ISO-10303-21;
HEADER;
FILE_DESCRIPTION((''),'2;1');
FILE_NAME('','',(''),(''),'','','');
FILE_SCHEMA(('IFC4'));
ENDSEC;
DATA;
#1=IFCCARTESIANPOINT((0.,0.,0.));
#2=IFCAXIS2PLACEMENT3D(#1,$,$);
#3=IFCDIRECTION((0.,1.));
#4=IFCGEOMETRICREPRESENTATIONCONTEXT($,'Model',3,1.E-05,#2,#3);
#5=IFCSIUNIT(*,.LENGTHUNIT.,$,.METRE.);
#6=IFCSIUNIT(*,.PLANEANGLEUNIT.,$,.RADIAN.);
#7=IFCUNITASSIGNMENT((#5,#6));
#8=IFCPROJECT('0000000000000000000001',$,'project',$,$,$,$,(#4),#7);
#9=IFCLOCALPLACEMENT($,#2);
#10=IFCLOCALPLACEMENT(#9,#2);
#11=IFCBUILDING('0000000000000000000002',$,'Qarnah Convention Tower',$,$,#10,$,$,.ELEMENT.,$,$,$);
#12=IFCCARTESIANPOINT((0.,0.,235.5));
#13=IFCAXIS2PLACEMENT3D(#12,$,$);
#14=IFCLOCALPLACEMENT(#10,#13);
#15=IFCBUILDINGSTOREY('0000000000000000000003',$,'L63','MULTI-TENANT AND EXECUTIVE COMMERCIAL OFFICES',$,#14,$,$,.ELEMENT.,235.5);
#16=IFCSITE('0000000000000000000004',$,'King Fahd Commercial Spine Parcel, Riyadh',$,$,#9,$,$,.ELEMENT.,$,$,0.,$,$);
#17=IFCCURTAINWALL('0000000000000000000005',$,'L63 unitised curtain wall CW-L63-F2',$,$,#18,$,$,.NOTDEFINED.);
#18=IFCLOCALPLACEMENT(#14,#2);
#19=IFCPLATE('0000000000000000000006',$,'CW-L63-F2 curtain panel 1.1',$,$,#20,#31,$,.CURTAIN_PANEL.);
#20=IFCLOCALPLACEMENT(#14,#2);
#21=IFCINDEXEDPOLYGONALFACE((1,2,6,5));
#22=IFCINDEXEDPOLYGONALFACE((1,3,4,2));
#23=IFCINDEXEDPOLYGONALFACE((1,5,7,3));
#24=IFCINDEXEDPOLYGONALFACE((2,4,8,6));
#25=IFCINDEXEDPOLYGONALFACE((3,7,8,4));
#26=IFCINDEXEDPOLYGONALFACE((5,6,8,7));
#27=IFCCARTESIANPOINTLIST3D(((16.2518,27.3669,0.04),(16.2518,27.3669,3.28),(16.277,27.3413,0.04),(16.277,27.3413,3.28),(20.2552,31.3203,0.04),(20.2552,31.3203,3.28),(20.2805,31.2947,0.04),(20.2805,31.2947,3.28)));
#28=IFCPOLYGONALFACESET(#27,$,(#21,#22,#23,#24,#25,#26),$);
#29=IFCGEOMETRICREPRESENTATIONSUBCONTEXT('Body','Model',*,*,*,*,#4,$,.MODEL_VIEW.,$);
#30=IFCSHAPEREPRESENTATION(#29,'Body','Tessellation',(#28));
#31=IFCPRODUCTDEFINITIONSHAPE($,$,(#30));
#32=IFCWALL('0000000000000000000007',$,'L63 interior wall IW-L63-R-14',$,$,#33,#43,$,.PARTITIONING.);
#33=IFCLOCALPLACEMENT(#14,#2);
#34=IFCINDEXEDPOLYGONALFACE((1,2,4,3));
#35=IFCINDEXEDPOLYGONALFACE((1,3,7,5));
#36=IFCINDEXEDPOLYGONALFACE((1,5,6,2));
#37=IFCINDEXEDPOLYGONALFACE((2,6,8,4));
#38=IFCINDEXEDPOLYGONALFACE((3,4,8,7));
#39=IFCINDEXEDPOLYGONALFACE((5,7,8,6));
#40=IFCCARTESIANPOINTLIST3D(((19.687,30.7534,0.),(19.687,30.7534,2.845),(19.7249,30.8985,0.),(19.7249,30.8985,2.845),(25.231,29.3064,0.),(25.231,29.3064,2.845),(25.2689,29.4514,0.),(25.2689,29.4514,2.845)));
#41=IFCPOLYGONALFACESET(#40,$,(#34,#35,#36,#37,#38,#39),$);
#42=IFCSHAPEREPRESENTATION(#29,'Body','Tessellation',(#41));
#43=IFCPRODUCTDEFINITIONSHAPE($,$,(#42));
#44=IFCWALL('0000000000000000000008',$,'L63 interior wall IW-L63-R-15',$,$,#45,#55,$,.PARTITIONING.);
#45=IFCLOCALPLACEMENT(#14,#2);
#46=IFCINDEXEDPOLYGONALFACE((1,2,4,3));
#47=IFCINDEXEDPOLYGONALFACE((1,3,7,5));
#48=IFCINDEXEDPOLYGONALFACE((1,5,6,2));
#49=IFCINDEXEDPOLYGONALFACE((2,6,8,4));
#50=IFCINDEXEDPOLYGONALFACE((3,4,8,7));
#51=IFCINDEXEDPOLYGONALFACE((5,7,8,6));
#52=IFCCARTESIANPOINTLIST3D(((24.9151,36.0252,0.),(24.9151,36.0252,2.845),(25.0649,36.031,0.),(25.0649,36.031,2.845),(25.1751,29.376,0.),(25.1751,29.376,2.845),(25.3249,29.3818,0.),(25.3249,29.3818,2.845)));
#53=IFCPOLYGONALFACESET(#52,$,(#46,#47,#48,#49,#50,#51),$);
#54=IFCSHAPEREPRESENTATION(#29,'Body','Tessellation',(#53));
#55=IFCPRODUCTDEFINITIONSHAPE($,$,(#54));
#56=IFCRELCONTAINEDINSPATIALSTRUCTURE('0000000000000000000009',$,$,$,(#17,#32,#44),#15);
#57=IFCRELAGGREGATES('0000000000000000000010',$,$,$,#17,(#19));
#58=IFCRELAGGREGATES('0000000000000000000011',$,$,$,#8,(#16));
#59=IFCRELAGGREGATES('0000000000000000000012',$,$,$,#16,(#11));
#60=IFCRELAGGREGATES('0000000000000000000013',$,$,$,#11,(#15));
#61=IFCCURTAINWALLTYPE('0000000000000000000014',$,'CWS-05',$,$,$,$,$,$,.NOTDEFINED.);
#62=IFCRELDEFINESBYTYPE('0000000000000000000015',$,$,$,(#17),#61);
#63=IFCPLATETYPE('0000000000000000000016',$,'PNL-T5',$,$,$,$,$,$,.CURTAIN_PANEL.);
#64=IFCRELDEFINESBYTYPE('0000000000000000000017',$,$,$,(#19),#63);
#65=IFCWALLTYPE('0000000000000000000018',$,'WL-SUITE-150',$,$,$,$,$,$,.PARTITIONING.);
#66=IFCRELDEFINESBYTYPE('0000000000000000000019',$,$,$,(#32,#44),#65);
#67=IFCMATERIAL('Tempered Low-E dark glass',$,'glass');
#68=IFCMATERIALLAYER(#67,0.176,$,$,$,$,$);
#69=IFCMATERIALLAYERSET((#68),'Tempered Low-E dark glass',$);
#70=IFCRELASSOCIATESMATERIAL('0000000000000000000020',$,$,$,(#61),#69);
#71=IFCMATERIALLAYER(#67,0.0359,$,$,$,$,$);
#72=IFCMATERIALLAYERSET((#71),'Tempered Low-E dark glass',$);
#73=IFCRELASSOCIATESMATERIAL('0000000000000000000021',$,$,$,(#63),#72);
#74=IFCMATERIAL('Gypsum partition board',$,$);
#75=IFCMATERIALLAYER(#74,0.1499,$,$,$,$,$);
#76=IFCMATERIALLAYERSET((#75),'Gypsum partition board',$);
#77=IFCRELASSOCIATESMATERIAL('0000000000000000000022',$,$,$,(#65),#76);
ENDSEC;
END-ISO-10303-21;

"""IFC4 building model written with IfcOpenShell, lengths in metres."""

from ifc_helpers import new_model, si_unit, direction, frame, frame_2d, origin, origin_2d, place, context, subcontext, project, spatial, rectangle, extrude, material, layer, layer_set, type_object, element, aggregate, save


model = new_model("IFC4")

# Units and contexts
model_context = context("Model", 3, precision=1e-05, world=origin(), true_north=direction((0.0, 1.0)))
body_context = subcontext(model_context, "Body", "Model", "MODEL_VIEW")
ifc_project = project(units=[si_unit("LENGTHUNIT", "METRE"), si_unit("PLANEANGLEUNIT", "RADIAN")], contexts=[model_context])

# Site, building, storey
site_placement = place(None, origin())
site = spatial("IfcSite", under=ifc_project, at=site_placement, Name="King Fahd Commercial Spine Parcel, Riyadh", CompositionType="ELEMENT", RefElevation=0.0)
building_placement = place(site_placement, origin())
building = spatial("IfcBuilding", under=site, at=building_placement, Name="Qarnah Convention Tower", CompositionType="ELEMENT")
storey_placement = place(building_placement, frame((0.0, 0.0, 235.5)))
storey = spatial("IfcBuildingStorey", under=building, at=storey_placement, Name="L63", Description="MULTI-TENANT AND EXECUTIVE COMMERCIAL OFFICES", CompositionType="ELEMENT", Elevation=235.5)

# Curtain wall, plate
ifc_material_1 = material(Name="Tempered Low-E dark glass", Category="glass")
ifc_layer_1 = layer(ifc_material_1, 0.176)
ifc_layer_set_1 = layer_set([ifc_layer_1], Name="Tempered Low-E dark glass")
curtain_wall_type = type_object("IfcCurtainWallType", Name="CWS-05", PredefinedType="NOTDEFINED", material=ifc_layer_set_1)
curtain_wall_placement = place(storey_placement, origin())
curtain_wall = element("IfcCurtainWall", 1, at=curtain_wall_placement, inside=storey, type_object=curtain_wall_type, Name="L63 unitised curtain wall CW-L63-F2", PredefinedType="NOTDEFINED")
ifc_layer_2 = layer(ifc_material_1, 0.0359)
ifc_layer_set_2 = layer_set([ifc_layer_2], Name="Tempered Low-E dark glass")
plate_type = type_object("IfcPlateType", Name="PNL-T5", PredefinedType="CURTAIN_PANEL", material=ifc_layer_set_2)
plate_placement = place(storey_placement, frame((18.2661, 29.3308, 0.04), z_axis=(0.0, 0.0, 1.0), x_axis=(0.711544, 0.702642, 0.0)))
plate = element("IfcPlate", 2, at=plate_placement, type_object=plate_type, Name="CW-L63-F2 curtain panel 1.1", PredefinedType="CURTAIN_PANEL", context=body_context, shape_type="SweptSolid", body=[
    extrude(rectangle(XDim=5.6265, YDim=0.0359, at=origin_2d()), origin(), (0.0, 0.0, 1.0), 3.24),
])
aggregate(curtain_wall, [plate])

# Walls
ifc_material_2 = material(Name="Gypsum partition board")
ifc_layer_3 = layer(ifc_material_2, 0.1499)
ifc_layer_set_3 = layer_set([ifc_layer_3], Name="Gypsum partition board")
wall_type = type_object("IfcWallType", Name="WL-SUITE-150", PredefinedType="PARTITIONING", material=ifc_layer_set_3)
wall_1_placement = place(storey_placement, frame((19.7061, 30.8259, 0.0), z_axis=(0.0, 0.0, 1.0), x_axis=(0.967584, -0.252549, 0.0)))
element("IfcWall", 3, at=wall_1_placement, inside=storey, type_object=wall_type, Name="L63 interior wall IW-L63-R-14", PredefinedType="PARTITIONING", context=body_context, shape_type="SweptSolid", body=[
    extrude(rectangle(XDim=5.7297, YDim=0.1499, at=frame_2d((2.8647, 0.0))), origin(), (0.0, 0.0, 1.0), 2.845),
])
wall_2_placement = place(storey_placement, frame((25.25, 29.3789, 0.0), z_axis=(0.0, 0.0, 1.0), x_axis=(-0.039074, 0.999236, 0.0)))
element("IfcWall", 4, at=wall_2_placement, inside=storey, type_object=wall_type, Name="L63 interior wall IW-L63-R-15", PredefinedType="PARTITIONING", context=body_context, shape_type="SweptSolid", body=[
    extrude(rectangle(XDim=6.6543, YDim=0.1499, at=frame_2d((3.3271, 0.0))), origin(), (0.0, 0.0, 1.0), 2.845),
])

save(model, "model.ifc")
